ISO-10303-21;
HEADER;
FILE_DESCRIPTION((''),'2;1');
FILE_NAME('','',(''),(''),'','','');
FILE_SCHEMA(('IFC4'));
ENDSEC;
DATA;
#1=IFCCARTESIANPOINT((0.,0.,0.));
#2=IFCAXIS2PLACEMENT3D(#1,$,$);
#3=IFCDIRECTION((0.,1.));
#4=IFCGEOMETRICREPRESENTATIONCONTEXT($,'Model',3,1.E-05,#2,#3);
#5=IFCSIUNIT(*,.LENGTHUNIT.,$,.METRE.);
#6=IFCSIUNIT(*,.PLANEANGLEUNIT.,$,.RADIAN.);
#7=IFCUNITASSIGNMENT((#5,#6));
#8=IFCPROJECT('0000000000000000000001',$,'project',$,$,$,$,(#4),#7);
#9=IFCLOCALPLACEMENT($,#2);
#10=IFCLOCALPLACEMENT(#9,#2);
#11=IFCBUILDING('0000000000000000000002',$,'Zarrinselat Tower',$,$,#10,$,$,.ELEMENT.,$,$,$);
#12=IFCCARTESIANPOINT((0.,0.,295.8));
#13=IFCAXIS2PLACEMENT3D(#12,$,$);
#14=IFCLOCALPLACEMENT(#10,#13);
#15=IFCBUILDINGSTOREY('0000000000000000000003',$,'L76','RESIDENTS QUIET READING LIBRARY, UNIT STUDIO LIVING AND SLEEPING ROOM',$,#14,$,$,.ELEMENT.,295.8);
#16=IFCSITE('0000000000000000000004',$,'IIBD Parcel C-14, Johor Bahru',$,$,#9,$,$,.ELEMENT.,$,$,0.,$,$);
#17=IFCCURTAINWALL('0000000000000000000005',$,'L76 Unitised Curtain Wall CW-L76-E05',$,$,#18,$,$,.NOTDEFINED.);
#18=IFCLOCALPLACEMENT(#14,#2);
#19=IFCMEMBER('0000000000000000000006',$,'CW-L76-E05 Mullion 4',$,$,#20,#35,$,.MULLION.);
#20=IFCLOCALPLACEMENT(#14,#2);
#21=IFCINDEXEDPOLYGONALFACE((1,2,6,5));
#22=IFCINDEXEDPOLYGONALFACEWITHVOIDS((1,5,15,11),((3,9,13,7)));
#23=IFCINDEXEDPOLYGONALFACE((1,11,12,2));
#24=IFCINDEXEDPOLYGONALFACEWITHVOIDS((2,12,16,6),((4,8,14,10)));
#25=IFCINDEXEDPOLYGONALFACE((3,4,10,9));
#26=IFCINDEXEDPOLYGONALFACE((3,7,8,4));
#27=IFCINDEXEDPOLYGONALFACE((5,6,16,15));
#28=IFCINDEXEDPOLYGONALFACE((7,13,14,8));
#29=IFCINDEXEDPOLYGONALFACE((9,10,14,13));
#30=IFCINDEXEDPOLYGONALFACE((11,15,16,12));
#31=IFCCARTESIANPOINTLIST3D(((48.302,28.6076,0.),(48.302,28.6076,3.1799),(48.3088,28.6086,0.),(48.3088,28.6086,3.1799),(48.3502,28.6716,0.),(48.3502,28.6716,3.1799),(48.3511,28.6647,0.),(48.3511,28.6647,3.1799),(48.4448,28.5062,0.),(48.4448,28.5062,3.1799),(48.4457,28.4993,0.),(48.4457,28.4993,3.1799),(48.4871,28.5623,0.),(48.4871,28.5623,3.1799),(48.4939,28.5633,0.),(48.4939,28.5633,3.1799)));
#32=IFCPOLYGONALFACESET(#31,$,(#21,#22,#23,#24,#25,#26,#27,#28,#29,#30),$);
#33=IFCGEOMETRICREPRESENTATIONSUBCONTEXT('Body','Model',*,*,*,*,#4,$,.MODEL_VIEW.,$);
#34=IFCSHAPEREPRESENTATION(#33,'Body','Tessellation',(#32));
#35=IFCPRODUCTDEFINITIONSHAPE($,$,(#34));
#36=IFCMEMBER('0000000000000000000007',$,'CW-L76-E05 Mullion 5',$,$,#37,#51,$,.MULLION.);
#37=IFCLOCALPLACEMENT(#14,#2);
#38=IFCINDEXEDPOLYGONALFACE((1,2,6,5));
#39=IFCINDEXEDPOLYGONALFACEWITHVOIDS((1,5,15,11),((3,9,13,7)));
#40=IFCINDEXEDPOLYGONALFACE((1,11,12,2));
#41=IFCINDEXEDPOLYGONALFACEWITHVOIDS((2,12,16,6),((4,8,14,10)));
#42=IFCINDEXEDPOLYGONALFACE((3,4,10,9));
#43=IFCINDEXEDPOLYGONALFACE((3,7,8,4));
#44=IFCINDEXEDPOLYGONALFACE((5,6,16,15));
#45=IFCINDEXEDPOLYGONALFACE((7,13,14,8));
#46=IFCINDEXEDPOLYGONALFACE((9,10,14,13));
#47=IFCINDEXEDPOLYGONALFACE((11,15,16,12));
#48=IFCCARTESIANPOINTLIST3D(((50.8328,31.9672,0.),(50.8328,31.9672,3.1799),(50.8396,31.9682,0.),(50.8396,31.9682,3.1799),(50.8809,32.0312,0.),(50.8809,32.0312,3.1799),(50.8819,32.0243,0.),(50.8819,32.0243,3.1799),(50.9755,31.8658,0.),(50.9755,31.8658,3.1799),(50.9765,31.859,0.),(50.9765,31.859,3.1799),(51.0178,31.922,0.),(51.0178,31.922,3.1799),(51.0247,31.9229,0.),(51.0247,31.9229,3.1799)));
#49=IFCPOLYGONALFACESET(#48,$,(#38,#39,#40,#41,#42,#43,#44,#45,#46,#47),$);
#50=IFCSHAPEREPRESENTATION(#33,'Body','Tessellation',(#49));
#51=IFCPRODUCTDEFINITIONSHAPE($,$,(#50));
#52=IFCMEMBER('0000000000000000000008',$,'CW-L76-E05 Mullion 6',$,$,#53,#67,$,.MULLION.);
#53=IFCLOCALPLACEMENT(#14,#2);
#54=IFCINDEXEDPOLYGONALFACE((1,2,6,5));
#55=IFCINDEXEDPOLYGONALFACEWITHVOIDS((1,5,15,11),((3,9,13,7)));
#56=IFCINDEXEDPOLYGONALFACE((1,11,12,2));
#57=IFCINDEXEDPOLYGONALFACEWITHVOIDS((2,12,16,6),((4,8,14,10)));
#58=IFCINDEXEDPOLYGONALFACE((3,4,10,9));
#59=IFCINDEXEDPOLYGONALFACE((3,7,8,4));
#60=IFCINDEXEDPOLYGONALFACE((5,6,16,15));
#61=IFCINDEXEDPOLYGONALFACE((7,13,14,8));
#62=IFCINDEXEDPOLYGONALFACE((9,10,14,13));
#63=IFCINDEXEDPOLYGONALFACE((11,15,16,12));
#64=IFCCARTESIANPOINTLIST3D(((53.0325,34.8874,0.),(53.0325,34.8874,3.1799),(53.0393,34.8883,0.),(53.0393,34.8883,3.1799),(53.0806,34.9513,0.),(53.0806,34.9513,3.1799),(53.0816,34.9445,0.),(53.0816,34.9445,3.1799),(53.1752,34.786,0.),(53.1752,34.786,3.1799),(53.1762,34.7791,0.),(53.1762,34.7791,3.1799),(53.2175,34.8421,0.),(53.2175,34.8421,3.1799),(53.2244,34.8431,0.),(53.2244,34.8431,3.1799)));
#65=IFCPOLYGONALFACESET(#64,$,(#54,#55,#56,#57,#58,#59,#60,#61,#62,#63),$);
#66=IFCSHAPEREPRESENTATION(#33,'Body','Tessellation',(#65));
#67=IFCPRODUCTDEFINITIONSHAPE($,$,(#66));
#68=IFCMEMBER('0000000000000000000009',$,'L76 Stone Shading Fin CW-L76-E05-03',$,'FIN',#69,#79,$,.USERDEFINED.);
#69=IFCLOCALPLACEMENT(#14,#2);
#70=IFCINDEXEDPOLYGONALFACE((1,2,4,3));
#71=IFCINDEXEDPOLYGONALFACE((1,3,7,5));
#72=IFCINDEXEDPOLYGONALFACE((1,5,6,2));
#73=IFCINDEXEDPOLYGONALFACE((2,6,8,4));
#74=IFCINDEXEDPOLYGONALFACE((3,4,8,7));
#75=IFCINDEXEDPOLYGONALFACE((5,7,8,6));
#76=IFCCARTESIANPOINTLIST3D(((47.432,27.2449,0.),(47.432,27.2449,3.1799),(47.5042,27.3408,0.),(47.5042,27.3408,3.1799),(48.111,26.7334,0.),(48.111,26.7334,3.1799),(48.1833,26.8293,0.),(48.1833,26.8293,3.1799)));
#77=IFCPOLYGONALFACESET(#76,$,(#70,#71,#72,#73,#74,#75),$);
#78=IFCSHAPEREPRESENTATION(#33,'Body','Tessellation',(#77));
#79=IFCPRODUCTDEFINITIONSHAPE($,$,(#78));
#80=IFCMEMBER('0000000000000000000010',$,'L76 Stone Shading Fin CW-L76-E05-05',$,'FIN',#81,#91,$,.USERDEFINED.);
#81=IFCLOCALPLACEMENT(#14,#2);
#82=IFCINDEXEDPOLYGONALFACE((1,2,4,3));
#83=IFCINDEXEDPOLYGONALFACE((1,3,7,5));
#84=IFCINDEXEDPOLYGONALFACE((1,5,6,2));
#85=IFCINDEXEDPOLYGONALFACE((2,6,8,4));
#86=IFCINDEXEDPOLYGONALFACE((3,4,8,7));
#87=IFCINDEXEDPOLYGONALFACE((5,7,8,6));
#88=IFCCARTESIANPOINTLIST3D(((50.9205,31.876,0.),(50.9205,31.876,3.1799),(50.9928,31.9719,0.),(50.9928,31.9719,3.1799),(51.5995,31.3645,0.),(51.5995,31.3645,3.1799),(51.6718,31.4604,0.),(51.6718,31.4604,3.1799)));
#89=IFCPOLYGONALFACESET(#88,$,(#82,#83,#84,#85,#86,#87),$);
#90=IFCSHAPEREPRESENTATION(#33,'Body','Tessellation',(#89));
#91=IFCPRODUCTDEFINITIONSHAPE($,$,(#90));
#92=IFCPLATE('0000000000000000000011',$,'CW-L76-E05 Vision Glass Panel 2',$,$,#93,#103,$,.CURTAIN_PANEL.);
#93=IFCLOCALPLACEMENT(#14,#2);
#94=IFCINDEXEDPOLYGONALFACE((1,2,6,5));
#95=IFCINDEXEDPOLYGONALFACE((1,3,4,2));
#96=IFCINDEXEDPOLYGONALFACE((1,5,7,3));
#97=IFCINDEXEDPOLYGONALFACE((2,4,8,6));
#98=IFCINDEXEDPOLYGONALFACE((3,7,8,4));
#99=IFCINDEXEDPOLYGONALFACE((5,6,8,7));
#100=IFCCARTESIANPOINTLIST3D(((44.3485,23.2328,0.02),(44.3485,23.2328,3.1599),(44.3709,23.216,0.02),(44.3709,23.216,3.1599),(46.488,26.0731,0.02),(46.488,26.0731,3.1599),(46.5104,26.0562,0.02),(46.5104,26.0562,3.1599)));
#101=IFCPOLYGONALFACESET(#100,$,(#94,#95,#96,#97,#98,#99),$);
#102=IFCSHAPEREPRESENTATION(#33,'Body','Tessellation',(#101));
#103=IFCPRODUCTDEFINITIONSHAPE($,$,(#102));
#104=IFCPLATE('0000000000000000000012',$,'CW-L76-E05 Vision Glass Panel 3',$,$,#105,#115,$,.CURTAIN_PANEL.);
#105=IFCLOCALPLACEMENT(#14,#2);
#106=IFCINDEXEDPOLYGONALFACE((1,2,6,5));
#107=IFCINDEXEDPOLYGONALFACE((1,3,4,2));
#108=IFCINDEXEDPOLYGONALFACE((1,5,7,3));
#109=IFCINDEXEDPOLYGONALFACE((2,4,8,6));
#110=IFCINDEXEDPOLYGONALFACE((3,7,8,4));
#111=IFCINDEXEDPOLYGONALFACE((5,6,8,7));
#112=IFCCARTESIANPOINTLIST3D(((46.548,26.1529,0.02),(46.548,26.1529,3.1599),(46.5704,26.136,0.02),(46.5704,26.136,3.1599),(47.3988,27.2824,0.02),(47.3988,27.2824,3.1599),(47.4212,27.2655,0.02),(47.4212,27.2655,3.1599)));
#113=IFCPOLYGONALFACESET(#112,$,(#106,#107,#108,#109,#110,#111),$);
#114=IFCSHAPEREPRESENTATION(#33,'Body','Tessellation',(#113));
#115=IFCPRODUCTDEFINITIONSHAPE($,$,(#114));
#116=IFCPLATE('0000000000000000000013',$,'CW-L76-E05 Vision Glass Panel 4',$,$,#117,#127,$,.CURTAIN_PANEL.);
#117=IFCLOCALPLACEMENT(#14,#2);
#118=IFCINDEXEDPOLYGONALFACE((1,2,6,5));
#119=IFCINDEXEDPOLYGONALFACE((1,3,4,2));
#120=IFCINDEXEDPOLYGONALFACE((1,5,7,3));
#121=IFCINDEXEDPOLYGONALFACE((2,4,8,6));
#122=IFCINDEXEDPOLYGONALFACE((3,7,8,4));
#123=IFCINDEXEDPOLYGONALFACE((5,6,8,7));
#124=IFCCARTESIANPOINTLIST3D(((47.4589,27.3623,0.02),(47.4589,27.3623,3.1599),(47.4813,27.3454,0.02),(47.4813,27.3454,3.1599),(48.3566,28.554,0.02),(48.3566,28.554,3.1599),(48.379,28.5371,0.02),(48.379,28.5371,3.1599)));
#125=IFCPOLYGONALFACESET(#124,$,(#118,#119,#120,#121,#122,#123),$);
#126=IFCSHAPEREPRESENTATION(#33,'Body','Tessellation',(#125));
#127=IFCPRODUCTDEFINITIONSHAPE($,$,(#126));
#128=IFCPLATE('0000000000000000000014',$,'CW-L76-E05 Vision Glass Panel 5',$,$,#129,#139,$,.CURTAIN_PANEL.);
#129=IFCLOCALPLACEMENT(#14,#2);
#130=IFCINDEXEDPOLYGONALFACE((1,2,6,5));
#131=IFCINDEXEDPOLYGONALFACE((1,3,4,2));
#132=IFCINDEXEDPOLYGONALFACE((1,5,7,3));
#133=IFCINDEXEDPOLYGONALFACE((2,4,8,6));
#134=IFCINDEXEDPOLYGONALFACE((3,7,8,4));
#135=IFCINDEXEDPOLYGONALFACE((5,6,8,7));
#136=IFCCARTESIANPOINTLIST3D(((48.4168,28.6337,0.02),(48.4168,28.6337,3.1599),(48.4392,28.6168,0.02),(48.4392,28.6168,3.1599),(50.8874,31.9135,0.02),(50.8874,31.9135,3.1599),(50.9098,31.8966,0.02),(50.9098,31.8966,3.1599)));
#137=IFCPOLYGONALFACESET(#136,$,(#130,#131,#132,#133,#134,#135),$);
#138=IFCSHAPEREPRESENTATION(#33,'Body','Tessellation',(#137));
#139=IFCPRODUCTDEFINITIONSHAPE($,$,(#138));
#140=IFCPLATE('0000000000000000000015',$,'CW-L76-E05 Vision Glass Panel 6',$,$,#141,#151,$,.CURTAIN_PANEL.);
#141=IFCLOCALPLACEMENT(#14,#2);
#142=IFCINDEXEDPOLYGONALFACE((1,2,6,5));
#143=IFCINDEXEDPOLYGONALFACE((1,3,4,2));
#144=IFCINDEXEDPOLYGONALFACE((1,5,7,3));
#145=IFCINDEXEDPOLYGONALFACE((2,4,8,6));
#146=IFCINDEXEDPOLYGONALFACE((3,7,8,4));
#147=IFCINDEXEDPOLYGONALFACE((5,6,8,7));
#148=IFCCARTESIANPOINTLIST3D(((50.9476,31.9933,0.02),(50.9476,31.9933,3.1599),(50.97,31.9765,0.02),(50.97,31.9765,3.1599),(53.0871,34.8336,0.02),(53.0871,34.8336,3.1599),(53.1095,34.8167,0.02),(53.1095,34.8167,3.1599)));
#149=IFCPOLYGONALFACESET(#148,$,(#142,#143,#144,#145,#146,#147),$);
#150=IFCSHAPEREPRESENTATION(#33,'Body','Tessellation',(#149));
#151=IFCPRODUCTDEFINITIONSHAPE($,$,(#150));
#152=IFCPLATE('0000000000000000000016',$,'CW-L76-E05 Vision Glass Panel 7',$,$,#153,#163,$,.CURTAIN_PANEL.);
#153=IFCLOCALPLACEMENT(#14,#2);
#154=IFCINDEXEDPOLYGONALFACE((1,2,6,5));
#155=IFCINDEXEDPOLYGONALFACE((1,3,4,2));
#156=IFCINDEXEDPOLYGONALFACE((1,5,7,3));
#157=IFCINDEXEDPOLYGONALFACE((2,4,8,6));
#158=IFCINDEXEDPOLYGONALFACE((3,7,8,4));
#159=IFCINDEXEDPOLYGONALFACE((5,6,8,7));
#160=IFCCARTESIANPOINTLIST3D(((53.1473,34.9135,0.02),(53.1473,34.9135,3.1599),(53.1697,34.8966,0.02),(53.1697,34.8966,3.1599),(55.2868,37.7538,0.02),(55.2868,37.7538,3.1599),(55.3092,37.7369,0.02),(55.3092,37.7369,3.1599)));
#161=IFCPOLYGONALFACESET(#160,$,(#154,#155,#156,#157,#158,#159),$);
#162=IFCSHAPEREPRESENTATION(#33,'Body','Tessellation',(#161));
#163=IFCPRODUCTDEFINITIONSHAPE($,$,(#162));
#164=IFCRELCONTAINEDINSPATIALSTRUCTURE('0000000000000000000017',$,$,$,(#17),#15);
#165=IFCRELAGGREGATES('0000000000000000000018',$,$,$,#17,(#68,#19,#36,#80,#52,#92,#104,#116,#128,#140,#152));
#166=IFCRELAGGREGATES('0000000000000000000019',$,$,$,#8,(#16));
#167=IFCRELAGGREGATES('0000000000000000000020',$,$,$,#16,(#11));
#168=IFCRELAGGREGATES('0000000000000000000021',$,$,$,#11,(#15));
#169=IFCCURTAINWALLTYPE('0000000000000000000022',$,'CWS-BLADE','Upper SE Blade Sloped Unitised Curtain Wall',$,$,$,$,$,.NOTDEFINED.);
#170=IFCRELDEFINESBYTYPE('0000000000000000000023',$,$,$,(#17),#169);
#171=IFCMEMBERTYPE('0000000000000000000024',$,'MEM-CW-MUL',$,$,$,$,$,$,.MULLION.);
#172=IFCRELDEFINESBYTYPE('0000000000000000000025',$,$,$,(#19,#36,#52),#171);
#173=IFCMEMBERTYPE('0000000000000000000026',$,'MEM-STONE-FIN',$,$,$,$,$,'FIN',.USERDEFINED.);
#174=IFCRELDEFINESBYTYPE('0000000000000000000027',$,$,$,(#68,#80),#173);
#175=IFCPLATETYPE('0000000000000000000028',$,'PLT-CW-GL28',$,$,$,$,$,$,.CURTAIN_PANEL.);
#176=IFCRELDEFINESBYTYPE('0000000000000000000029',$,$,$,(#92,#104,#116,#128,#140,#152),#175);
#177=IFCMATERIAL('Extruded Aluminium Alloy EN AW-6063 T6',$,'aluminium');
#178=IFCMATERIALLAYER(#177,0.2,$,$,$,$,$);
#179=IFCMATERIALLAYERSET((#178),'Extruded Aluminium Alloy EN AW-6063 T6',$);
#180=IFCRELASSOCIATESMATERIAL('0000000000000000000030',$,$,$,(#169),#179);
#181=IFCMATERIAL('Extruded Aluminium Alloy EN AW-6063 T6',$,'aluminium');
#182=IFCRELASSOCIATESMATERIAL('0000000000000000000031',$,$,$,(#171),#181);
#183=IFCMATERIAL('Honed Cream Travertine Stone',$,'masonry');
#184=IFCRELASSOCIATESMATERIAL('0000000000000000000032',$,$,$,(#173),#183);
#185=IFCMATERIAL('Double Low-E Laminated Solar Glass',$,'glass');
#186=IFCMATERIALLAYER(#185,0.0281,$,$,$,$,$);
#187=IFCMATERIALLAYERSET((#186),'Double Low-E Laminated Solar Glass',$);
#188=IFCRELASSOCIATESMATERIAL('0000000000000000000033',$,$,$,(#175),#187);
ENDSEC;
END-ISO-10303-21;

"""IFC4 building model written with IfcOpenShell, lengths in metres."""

from ifc_helpers import new_model, si_unit, direction, frame, origin, origin_2d, place, context, subcontext, project, spatial, rectangle, hollow_rectangle, extrude, material, layer, layer_set, material_profile, profile_set, type_object, element, aggregate, save


model = new_model("IFC4")

# Units and contexts
model_context = context("Model", 3, precision=1e-05, world=origin(), true_north=direction((0.0, 1.0)))
body_context = subcontext(model_context, "Body", "Model", "MODEL_VIEW")
ifc_project = project(units=[si_unit("LENGTHUNIT", "METRE"), si_unit("PLANEANGLEUNIT", "RADIAN")], contexts=[model_context])

# Site, building, storey
site_placement = place(None, origin())
site = spatial("IfcSite", under=ifc_project, at=site_placement, Name="IIBD Parcel C-14, Johor Bahru", CompositionType="ELEMENT", RefElevation=0.0)
building_placement = place(site_placement, origin())
building = spatial("IfcBuilding", under=site, at=building_placement, Name="Zarrinselat Tower", CompositionType="ELEMENT")
storey_placement = place(building_placement, frame((0.0, 0.0, 295.8)))
storey = spatial("IfcBuildingStorey", under=building, at=storey_placement, Name="L76", Description="RESIDENTS QUIET READING LIBRARY, UNIT STUDIO LIVING AND SLEEPING ROOM", CompositionType="ELEMENT", Elevation=295.8)

# Curtain wall, members, plates
ifc_material_1 = material(Name="Extruded Aluminium Alloy EN AW-6063 T6", Category="aluminium")
ifc_layer_1 = layer(ifc_material_1, 0.2)
ifc_layer_set_1 = layer_set([ifc_layer_1], Name="Extruded Aluminium Alloy EN AW-6063 T6")
curtain_wall_type = type_object("IfcCurtainWallType", Name="CWS-BLADE", Description="Upper SE Blade Sloped Unitised Curtain Wall", PredefinedType="NOTDEFINED", material=ifc_layer_set_1)
curtain_wall_placement = place(storey_placement, origin())
curtain_wall = element("IfcCurtainWall", 1, at=curtain_wall_placement, inside=storey, type_object=curtain_wall_type, Name="L76 Unitised Curtain Wall CW-L76-E05", PredefinedType="NOTDEFINED")
ifc_material_2 = material(Name="Extruded Aluminium Alloy EN AW-6063 T6", Category="aluminium")
ifc_material_profile_1 = material_profile(ifc_material_2, hollow_rectangle(XDim=0.0801, YDim=0.1799, WallThickness=0.0049, at=origin_2d()), Name="RHS 180x80x5")
ifc_profile_set_1 = profile_set([ifc_material_profile_1], Name="Extruded Aluminium Alloy EN AW-6063 T6")
member_type_1 = type_object("IfcMemberType", Name="MEM-CW-MUL", PredefinedType="MULLION", material=ifc_profile_set_1)
member_1_placement = place(storey_placement, frame((48.3979, 28.5854, 0.0), z_axis=(0.0, 0.0, 1.0), x_axis=(0.601673, 0.798743, 0.0)))
member_1 = element("IfcMember", 2, at=member_1_placement, type_object=member_type_1, Name="CW-L76-E05 Mullion 4", PredefinedType="MULLION", context=body_context, shape_type="SweptSolid", body=[
    extrude(hollow_rectangle(XDim=0.0801, YDim=0.1799, WallThickness=0.0049, at=origin_2d()), origin(), (0.0, 0.0, 1.0), 3.1799),
])
member_2_placement = place(storey_placement, frame((50.9287, 31.9451, 0.0), z_axis=(0.0, 0.0, 1.0), x_axis=(0.601673, 0.798743, 0.0)))
member_2 = element("IfcMember", 3, at=member_2_placement, type_object=member_type_1, Name="CW-L76-E05 Mullion 5", PredefinedType="MULLION", context=body_context, shape_type="SweptSolid", body=[
    extrude(hollow_rectangle(XDim=0.0801, YDim=0.1799, WallThickness=0.0049, at=origin_2d()), origin(), (0.0, 0.0, 1.0), 3.1799),
])
member_3_placement = place(storey_placement, frame((53.1284, 34.8652, 0.0), z_axis=(0.0, 0.0, 1.0), x_axis=(0.601673, 0.798743, 0.0)))
member_3 = element("IfcMember", 4, at=member_3_placement, type_object=member_type_1, Name="CW-L76-E05 Mullion 6", PredefinedType="MULLION", context=body_context, shape_type="SweptSolid", body=[
    extrude(hollow_rectangle(XDim=0.0801, YDim=0.1799, WallThickness=0.0049, at=origin_2d()), origin(), (0.0, 0.0, 1.0), 3.1799),
])
ifc_material_3 = material(Name="Honed Cream Travertine Stone", Category="masonry")
ifc_material_profile_2 = material_profile(ifc_material_3, rectangle(XDim=0.1201, YDim=0.8501, at=origin_2d()), Name="FIN 850x120")
ifc_profile_set_2 = profile_set([ifc_material_profile_2], Name="Honed Cream Travertine Stone")
member_type_2 = type_object("IfcMemberType", Name="MEM-STONE-FIN", ElementType="FIN", PredefinedType="USERDEFINED", material=ifc_profile_set_2)
member_4_placement = place(storey_placement, frame((47.8076, 27.0371, 0.0), z_axis=(0.0, 0.0, 1.0), x_axis=(-0.601673, -0.798743, 0.0)))
member_4 = element("IfcMember", 5, at=member_4_placement, type_object=member_type_2, Name="L76 Stone Shading Fin CW-L76-E05-03", ObjectType="FIN", PredefinedType="USERDEFINED", context=body_context, shape_type="SweptSolid", body=[
    extrude(rectangle(XDim=0.1201, YDim=0.8501, at=origin_2d()), origin(), (0.0, 0.0, 1.0), 3.1799),
])
member_5_placement = place(storey_placement, frame((51.2961, 31.6682, 0.0), z_axis=(0.0, 0.0, 1.0), x_axis=(-0.601673, -0.798743, 0.0)))
member_5 = element("IfcMember", 6, at=member_5_placement, type_object=member_type_2, Name="L76 Stone Shading Fin CW-L76-E05-05", ObjectType="FIN", PredefinedType="USERDEFINED", context=body_context, shape_type="SweptSolid", body=[
    extrude(rectangle(XDim=0.1201, YDim=0.8501, at=origin_2d()), origin(), (0.0, 0.0, 1.0), 3.1799),
])
ifc_material_4 = material(Name="Double Low-E Laminated Solar Glass", Category="glass")
ifc_layer_2 = layer(ifc_material_4, 0.0281)
ifc_layer_set_2 = layer_set([ifc_layer_2], Name="Double Low-E Laminated Solar Glass")
plate_type = type_object("IfcPlateType", Name="PLT-CW-GL28", PredefinedType="CURTAIN_PANEL", material=ifc_layer_set_2)
plate_1_placement = place(storey_placement, frame((45.4294, 24.6445, 0.02), z_axis=(0.0, 0.0, 1.0), x_axis=(0.601673, 0.798743, 0.0)))
plate_1 = element("IfcPlate", 7, at=plate_1_placement, type_object=plate_type, Name="CW-L76-E05 Vision Glass Panel 2", PredefinedType="CURTAIN_PANEL", context=body_context, shape_type="SweptSolid", body=[
    extrude(rectangle(XDim=3.5559, YDim=0.0281, at=origin_2d()), origin(), (0.0, 0.0, 1.0), 3.1399),
])
plate_2_placement = place(storey_placement, frame((46.9846, 26.7092, 0.02), z_axis=(0.0, 0.0, 1.0), x_axis=(0.601673, 0.798743, 0.0)))
plate_2 = element("IfcPlate", 8, at=plate_2_placement, type_object=plate_type, Name="CW-L76-E05 Vision Glass Panel 3", PredefinedType="CURTAIN_PANEL", context=body_context, shape_type="SweptSolid", body=[
    extrude(rectangle(XDim=1.4141, YDim=0.0281, at=origin_2d()), origin(), (0.0, 0.0, 1.0), 3.1399),
])
plate_3_placement = place(storey_placement, frame((47.9189, 27.9497, 0.02), z_axis=(0.0, 0.0, 1.0), x_axis=(0.601673, 0.798743, 0.0)))
plate_3 = element("IfcPlate", 9, at=plate_3_placement, type_object=plate_type, Name="CW-L76-E05 Vision Glass Panel 4", PredefinedType="CURTAIN_PANEL", context=body_context, shape_type="SweptSolid", body=[
    extrude(rectangle(XDim=1.4919, YDim=0.0281, at=origin_2d()), origin(), (0.0, 0.0, 1.0), 3.1399),
])
plate_4_placement = place(storey_placement, frame((49.6633, 30.2651, 0.02), z_axis=(0.0, 0.0, 1.0), x_axis=(0.601673, 0.798743, 0.0)))
plate_4 = element("IfcPlate", 10, at=plate_4_placement, type_object=plate_type, Name="CW-L76-E05 Vision Glass Panel 5", PredefinedType="CURTAIN_PANEL", context=body_context, shape_type="SweptSolid", body=[
    extrude(rectangle(XDim=4.1062, YDim=0.0281, at=origin_2d()), origin(), (0.0, 0.0, 1.0), 3.1399),
])
plate_5_placement = place(storey_placement, frame((52.0286, 33.405, 0.02), z_axis=(0.0, 0.0, 1.0), x_axis=(0.601673, 0.798743, 0.0)))
plate_5 = element("IfcPlate", 11, at=plate_5_placement, type_object=plate_type, Name="CW-L76-E05 Vision Glass Panel 6", PredefinedType="CURTAIN_PANEL", context=body_context, shape_type="SweptSolid", body=[
    extrude(rectangle(XDim=3.5559, YDim=0.0281, at=origin_2d()), origin(), (0.0, 0.0, 1.0), 3.1399),
])
plate_6_placement = place(storey_placement, frame((54.2283, 36.3252, 0.02), z_axis=(0.0, 0.0, 1.0), x_axis=(0.601673, 0.798743, 0.0)))
plate_6 = element("IfcPlate", 12, at=plate_6_placement, type_object=plate_type, Name="CW-L76-E05 Vision Glass Panel 7", PredefinedType="CURTAIN_PANEL", context=body_context, shape_type="SweptSolid", body=[
    extrude(rectangle(XDim=3.5559, YDim=0.0281, at=origin_2d()), origin(), (0.0, 0.0, 1.0), 3.1399),
])
aggregate(curtain_wall, [member_4, member_1, member_2, member_5, member_3, plate_1, plate_2, plate_3, plate_4, plate_5, plate_6])

save(model, "model.ifc")
